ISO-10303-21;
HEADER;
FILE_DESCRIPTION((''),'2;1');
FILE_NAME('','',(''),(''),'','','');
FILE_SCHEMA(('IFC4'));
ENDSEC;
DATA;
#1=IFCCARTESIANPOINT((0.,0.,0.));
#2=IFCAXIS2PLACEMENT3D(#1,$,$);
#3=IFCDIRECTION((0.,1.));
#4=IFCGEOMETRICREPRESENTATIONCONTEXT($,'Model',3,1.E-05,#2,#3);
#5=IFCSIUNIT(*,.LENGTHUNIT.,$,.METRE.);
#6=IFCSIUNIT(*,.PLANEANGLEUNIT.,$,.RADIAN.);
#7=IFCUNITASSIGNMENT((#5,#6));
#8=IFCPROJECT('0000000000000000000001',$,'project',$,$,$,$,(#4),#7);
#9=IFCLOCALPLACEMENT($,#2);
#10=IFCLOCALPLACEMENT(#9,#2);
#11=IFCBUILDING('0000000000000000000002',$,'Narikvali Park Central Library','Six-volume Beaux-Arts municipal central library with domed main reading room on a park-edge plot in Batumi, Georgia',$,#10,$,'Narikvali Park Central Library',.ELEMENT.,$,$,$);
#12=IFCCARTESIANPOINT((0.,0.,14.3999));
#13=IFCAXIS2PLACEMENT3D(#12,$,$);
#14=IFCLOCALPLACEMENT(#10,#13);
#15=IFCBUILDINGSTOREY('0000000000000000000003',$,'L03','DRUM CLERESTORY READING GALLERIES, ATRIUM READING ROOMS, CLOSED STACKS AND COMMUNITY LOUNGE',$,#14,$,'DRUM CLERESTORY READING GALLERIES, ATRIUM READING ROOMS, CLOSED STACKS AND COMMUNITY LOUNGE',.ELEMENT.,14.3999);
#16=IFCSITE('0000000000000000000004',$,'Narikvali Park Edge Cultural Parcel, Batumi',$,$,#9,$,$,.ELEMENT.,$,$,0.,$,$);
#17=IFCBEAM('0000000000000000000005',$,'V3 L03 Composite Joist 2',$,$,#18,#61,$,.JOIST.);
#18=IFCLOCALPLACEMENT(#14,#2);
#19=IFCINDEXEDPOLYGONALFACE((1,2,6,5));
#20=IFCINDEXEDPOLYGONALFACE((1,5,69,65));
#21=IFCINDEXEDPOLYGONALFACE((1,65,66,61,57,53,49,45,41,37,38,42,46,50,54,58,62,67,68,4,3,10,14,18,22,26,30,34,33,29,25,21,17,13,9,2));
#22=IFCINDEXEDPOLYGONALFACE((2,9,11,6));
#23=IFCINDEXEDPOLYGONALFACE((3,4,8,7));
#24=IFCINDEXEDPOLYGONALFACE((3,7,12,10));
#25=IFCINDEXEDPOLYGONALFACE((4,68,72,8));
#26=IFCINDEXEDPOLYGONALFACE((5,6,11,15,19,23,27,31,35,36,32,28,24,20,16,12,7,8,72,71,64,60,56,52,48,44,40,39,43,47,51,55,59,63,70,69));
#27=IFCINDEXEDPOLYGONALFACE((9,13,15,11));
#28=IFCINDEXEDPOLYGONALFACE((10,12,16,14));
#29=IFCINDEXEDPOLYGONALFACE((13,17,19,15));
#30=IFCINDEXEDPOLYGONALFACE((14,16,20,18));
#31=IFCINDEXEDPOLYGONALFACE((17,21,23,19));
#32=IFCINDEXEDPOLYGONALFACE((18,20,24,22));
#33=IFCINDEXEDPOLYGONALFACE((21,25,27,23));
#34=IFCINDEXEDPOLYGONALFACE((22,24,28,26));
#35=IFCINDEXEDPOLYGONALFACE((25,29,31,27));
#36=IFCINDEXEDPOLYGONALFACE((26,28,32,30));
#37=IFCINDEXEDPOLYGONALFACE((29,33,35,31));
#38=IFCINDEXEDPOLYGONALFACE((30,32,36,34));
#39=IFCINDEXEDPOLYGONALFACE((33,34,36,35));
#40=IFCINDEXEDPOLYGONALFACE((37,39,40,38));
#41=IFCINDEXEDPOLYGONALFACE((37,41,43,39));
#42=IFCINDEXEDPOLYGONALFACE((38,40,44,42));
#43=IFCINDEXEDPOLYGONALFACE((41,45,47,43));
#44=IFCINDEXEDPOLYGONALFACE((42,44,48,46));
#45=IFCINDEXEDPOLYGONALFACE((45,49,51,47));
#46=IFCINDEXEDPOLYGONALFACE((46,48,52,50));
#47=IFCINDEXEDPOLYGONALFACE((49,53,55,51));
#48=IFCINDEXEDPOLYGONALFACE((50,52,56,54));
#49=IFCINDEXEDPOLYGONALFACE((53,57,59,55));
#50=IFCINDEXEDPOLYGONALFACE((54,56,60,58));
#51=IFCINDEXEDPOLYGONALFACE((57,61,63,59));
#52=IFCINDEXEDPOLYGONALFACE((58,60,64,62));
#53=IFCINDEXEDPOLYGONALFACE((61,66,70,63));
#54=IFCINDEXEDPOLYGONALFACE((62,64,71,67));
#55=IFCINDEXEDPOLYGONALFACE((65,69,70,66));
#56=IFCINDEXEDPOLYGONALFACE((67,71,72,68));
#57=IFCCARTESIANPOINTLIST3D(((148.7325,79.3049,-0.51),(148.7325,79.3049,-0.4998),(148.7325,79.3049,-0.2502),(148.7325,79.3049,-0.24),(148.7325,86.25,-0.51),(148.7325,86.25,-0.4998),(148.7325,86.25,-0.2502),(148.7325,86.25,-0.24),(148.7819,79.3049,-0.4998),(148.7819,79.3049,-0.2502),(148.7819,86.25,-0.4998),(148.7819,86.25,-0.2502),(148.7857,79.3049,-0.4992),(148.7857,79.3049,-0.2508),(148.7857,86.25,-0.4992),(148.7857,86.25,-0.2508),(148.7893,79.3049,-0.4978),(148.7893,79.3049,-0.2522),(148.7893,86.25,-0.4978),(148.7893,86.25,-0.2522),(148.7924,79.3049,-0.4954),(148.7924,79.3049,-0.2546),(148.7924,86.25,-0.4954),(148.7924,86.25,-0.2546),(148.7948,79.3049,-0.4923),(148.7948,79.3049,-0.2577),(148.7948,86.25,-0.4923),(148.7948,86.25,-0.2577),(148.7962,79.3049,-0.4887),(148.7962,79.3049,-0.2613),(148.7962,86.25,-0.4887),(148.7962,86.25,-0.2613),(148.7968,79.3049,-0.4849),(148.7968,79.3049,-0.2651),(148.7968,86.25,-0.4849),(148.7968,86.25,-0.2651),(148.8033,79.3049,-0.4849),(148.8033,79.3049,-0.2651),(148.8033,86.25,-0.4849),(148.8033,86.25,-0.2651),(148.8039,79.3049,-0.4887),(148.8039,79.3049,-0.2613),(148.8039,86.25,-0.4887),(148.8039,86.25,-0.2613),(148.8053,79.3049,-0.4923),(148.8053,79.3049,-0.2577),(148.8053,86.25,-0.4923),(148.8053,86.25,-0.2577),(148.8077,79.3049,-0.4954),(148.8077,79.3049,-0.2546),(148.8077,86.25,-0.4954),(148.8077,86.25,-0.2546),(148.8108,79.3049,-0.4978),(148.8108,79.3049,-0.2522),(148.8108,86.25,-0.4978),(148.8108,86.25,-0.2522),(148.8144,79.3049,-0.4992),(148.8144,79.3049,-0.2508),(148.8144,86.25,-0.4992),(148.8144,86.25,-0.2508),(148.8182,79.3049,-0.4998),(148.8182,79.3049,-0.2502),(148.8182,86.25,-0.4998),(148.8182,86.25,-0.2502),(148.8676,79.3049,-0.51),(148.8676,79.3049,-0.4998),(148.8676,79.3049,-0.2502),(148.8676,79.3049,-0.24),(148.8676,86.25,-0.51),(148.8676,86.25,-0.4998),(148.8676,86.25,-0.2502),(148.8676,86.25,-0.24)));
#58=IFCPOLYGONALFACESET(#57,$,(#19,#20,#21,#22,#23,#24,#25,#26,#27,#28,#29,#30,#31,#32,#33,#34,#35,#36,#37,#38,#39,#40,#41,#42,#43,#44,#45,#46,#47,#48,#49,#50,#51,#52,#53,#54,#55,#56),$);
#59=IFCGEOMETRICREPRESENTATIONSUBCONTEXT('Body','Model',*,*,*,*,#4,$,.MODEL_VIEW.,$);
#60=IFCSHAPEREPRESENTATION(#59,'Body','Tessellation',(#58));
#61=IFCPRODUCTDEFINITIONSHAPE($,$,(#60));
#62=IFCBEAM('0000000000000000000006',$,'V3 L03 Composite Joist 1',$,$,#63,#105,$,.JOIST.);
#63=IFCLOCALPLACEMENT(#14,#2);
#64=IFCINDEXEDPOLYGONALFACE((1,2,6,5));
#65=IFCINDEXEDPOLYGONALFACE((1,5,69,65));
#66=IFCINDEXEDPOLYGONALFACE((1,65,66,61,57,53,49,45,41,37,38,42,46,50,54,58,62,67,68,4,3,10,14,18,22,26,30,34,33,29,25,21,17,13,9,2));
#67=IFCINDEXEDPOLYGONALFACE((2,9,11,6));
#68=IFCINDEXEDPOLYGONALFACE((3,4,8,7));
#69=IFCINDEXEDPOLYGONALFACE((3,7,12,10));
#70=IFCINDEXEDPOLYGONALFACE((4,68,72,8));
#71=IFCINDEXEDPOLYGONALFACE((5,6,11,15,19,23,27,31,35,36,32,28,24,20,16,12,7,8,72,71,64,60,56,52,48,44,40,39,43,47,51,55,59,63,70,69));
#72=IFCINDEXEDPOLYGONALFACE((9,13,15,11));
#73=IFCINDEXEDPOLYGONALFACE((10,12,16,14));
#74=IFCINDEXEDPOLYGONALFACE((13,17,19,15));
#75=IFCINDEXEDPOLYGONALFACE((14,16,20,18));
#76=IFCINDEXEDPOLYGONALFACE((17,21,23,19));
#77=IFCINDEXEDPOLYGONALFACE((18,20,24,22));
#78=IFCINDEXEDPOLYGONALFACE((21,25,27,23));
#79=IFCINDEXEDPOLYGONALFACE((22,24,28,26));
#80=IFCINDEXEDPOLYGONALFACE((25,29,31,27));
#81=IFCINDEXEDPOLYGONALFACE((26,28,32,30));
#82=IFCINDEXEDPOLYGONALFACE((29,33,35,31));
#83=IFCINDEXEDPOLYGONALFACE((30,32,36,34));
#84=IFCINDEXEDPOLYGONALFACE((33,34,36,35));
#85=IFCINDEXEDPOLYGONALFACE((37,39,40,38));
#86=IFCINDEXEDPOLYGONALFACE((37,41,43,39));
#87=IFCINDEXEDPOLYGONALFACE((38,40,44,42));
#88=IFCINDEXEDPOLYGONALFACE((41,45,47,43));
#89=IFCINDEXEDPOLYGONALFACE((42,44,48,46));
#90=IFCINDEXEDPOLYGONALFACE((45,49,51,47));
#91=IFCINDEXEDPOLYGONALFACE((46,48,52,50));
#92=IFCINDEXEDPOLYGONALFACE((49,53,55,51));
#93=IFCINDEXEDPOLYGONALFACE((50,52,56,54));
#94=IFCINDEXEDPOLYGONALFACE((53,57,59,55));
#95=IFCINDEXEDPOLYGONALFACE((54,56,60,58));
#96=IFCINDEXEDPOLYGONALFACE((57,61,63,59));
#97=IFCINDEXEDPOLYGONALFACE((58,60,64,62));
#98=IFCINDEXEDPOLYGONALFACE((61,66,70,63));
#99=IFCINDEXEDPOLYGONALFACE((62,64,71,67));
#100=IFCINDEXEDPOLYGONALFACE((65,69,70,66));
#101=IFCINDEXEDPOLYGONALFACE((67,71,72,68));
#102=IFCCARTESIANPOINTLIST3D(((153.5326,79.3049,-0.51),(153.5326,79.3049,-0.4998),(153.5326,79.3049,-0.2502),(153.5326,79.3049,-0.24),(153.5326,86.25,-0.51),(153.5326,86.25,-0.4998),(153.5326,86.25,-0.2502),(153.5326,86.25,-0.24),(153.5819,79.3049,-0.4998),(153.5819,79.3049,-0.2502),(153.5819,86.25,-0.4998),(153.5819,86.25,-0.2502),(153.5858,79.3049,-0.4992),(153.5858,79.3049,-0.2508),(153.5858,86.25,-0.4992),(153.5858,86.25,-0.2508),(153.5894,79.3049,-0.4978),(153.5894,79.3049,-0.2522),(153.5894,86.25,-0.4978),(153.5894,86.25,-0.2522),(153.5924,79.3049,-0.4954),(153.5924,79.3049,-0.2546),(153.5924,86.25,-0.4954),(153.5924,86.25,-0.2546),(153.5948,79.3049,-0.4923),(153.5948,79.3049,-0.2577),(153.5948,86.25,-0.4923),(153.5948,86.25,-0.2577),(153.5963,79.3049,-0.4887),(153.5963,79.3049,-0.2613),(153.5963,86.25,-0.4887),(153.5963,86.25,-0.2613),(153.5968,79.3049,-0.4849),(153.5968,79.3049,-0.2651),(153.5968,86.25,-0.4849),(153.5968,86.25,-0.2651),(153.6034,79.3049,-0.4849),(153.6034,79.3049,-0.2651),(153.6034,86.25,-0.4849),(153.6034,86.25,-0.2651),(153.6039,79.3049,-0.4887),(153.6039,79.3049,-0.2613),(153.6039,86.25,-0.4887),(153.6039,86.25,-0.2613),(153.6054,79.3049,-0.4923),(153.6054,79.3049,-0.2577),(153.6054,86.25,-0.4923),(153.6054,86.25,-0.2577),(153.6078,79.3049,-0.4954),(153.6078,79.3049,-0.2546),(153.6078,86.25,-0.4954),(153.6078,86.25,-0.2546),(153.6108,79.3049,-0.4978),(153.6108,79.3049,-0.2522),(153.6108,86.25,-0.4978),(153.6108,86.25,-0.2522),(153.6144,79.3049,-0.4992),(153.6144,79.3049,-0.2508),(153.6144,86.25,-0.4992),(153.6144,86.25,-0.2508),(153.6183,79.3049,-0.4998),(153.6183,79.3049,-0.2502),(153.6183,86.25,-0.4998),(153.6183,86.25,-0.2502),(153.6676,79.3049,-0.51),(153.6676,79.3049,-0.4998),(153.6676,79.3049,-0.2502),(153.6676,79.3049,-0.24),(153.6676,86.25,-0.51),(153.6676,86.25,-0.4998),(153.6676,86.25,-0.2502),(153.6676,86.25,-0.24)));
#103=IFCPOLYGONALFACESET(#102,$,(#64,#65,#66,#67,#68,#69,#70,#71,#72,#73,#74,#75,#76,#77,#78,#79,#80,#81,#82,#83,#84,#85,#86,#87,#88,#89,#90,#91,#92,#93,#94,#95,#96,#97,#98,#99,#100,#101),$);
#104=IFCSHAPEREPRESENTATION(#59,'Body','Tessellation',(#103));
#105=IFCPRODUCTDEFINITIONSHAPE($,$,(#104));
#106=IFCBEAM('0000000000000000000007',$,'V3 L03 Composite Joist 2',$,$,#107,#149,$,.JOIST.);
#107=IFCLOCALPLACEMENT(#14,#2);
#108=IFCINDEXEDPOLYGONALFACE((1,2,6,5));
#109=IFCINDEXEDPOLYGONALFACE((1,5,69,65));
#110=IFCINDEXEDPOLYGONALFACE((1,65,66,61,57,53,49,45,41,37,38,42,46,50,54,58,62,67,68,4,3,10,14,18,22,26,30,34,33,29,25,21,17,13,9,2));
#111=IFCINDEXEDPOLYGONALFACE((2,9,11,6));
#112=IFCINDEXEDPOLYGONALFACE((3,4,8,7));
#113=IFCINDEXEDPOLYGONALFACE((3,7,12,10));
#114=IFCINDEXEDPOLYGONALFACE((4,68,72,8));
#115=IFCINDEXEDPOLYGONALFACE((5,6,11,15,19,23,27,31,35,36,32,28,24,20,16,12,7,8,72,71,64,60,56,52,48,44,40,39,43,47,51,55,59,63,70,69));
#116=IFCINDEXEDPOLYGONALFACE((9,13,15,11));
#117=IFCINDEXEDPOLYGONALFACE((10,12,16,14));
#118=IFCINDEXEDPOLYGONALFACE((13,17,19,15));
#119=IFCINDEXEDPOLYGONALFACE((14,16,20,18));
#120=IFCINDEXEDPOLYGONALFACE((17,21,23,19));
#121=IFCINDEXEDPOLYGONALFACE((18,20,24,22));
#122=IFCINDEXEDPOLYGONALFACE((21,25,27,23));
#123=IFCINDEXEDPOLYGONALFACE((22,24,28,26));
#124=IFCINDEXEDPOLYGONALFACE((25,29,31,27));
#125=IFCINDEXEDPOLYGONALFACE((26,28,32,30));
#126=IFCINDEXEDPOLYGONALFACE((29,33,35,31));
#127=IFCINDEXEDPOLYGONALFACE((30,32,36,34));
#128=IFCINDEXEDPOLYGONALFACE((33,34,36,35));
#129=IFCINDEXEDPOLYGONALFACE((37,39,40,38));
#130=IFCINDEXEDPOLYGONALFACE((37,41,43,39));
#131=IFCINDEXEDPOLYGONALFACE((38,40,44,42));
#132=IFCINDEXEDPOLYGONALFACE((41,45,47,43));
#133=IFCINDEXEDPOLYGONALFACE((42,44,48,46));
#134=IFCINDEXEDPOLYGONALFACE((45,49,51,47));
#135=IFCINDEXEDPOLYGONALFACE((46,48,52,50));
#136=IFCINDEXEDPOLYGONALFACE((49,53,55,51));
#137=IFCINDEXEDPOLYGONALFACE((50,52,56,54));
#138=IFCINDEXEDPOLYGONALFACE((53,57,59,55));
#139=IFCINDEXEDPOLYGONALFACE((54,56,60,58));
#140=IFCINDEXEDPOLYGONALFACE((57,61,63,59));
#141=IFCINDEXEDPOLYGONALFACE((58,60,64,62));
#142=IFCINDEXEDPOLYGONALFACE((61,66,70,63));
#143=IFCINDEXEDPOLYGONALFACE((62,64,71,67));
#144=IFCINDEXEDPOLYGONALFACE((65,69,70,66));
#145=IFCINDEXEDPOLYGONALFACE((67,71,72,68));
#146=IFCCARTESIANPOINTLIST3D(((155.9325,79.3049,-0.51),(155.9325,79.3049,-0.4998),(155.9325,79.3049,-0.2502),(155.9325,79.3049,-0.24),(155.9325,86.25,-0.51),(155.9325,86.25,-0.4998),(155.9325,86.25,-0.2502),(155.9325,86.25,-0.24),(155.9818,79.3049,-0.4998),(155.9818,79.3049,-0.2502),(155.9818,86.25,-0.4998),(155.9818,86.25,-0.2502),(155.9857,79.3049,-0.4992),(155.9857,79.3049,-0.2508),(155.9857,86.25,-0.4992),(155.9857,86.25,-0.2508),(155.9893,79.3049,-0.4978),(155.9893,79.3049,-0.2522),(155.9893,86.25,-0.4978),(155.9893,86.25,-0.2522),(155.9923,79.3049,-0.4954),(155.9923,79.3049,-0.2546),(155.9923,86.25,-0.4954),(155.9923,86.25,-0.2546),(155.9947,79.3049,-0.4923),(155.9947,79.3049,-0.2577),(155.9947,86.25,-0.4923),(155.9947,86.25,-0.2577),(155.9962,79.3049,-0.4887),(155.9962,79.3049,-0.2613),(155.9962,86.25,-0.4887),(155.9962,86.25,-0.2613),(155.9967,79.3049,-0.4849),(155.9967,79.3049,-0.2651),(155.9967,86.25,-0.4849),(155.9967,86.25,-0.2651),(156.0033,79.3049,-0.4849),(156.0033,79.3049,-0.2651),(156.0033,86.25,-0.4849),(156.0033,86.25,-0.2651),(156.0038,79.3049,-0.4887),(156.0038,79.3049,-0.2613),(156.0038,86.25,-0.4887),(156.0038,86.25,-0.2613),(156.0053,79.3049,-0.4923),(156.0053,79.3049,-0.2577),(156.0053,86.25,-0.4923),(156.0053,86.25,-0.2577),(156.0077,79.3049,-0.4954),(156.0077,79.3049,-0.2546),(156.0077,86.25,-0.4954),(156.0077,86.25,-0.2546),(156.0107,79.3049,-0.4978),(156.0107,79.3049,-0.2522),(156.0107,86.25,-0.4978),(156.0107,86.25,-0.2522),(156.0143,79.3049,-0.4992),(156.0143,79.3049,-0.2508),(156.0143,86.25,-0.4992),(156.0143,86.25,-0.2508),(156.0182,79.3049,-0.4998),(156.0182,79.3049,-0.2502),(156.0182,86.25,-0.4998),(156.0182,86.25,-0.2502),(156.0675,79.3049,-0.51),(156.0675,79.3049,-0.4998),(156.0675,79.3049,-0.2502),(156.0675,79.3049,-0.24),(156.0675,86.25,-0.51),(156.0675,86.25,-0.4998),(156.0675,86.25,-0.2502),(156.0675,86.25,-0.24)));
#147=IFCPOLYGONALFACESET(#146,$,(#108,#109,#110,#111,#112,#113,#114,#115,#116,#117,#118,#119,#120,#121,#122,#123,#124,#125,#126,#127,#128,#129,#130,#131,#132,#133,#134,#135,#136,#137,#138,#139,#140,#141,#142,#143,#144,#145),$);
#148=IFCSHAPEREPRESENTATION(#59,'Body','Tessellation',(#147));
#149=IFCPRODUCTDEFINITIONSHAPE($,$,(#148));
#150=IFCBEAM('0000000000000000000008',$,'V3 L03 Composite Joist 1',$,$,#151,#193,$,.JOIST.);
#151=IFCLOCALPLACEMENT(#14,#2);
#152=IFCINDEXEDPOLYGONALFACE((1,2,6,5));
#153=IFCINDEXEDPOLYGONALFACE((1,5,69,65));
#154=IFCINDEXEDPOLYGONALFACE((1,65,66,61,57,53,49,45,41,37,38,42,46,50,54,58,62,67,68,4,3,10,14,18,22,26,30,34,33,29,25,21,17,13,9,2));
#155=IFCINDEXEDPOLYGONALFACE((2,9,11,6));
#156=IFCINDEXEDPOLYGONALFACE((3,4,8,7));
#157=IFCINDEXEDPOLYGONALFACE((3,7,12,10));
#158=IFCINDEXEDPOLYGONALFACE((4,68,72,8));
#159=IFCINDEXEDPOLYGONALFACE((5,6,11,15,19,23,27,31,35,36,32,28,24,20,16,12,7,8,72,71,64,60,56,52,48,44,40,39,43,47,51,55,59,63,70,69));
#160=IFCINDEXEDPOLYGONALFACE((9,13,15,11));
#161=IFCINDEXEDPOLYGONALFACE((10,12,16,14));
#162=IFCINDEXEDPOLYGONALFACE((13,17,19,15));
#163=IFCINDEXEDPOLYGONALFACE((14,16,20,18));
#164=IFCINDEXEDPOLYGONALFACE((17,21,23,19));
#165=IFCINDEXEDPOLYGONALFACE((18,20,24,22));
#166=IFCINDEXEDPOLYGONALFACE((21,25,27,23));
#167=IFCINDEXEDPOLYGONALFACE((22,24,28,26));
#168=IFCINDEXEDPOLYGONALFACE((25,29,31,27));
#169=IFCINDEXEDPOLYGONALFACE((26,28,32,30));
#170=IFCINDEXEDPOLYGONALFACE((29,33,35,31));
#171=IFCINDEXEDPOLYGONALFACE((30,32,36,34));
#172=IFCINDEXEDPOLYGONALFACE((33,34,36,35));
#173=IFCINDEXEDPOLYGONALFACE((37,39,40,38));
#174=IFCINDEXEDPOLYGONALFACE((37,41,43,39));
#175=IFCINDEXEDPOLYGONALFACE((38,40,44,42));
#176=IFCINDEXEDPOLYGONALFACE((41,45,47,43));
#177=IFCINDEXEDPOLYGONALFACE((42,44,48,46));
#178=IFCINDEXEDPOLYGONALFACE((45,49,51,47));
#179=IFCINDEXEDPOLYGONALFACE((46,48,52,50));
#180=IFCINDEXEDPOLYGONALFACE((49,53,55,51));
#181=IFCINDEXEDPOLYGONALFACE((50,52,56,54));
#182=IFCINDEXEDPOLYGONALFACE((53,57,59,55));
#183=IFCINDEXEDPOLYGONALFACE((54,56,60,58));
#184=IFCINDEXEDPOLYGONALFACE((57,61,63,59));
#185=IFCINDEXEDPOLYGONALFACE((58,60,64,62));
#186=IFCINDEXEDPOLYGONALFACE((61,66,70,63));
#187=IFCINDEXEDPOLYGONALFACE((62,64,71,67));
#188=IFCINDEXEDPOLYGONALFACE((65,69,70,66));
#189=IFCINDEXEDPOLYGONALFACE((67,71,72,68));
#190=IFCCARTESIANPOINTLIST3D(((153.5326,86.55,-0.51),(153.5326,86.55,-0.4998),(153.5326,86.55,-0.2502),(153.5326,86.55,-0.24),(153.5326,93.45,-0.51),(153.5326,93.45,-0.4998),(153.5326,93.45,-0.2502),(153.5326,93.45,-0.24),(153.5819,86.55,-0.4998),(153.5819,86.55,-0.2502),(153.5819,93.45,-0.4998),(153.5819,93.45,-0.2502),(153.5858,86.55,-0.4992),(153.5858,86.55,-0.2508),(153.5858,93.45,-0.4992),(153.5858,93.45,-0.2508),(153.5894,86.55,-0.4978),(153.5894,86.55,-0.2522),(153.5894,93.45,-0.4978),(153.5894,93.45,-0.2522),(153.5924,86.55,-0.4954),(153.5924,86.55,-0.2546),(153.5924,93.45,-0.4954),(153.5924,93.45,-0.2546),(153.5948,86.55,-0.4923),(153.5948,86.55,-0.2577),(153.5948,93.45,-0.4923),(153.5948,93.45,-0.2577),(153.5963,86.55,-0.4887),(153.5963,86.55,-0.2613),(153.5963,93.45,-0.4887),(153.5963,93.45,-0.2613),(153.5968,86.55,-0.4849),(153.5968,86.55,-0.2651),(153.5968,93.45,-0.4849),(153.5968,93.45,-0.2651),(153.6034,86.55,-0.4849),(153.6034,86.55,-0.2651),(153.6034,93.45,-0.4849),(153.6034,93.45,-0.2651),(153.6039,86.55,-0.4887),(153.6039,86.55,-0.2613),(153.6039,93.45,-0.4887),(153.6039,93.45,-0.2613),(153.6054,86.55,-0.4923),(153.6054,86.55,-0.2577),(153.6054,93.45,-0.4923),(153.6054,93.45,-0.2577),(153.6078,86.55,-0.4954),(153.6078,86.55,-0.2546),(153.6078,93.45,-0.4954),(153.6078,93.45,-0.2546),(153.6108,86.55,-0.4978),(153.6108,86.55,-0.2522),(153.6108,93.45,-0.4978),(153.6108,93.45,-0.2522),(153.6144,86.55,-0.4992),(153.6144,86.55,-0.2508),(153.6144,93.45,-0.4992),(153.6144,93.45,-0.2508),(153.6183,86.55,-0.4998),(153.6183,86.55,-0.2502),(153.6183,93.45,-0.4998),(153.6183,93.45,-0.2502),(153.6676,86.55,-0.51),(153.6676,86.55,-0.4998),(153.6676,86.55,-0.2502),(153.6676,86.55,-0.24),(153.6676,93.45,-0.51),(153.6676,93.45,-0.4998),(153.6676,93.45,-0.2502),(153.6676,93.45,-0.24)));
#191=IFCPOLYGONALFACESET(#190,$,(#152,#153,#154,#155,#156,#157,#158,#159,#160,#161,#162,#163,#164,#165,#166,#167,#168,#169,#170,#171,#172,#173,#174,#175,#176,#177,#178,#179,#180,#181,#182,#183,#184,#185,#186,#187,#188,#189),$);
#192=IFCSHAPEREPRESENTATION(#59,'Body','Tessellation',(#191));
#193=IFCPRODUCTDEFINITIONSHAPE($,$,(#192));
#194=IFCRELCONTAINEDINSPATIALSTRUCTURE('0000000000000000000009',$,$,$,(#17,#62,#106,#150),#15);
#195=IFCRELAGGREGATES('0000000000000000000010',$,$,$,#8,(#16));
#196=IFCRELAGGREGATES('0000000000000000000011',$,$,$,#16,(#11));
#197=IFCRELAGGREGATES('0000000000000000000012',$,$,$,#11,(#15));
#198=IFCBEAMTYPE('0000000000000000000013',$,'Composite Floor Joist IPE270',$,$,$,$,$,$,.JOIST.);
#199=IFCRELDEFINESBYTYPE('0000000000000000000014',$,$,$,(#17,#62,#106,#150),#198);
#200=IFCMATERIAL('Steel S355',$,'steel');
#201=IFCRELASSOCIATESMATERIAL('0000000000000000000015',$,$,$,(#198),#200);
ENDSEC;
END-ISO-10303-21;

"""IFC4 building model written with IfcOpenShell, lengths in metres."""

from ifc_helpers import new_model, si_unit, direction, frame, origin, origin_2d, place, context, subcontext, project, spatial, i_section, extrude, material, material_profile, profile_set, type_object, element, save


model = new_model("IFC4")

# Units and contexts
model_context = context("Model", 3, precision=1e-05, world=origin(), true_north=direction((0.0, 1.0)))
body_context = subcontext(model_context, "Body", "Model", "MODEL_VIEW")
ifc_project = project(units=[si_unit("LENGTHUNIT", "METRE"), si_unit("PLANEANGLEUNIT", "RADIAN")], contexts=[model_context])

# Site, building, storey
site_placement = place(None, origin())
site = spatial("IfcSite", under=ifc_project, at=site_placement, Name="Narikvali Park Edge Cultural Parcel, Batumi", CompositionType="ELEMENT", RefElevation=0.0)
building_placement = place(site_placement, origin())
building = spatial("IfcBuilding", under=site, at=building_placement, Name="Narikvali Park Central Library", Description="Six-volume Beaux-Arts municipal central library with domed main reading room on a park-edge plot in Batumi, Georgia", LongName="Narikvali Park Central Library", CompositionType="ELEMENT")
storey_placement = place(building_placement, frame((0.0, 0.0, 14.3999)))
storey = spatial("IfcBuildingStorey", under=building, at=storey_placement, Name="L03", Description="DRUM CLERESTORY READING GALLERIES, ATRIUM READING ROOMS, CLOSED STACKS AND COMMUNITY LOUNGE", LongName="DRUM CLERESTORY READING GALLERIES, ATRIUM READING ROOMS, CLOSED STACKS AND COMMUNITY LOUNGE", CompositionType="ELEMENT", Elevation=14.3999)

# Shared definitions
ifc_material_1 = material(Name="Steel S355", Category="steel")

# Beams
ifc_material_profile_1 = material_profile(ifc_material_1, i_section(OverallWidth=0.135, OverallDepth=0.27, WebThickness=0.0066, FlangeThickness=0.0103, FilletRadius=0.0149, at=origin_2d()), Name="IPE 270")
ifc_profile_set_1 = profile_set([ifc_material_profile_1], Name="Steel S355")
beam_type_1 = type_object("IfcBeamType", Name="Composite Floor Joist IPE270", PredefinedType="JOIST", material=ifc_profile_set_1)
for number, where, z_axis, x_axis, name in (
    (1, (148.8, 79.3049, -0.375), (0.0, 1.0, 0.0), (-1.0, 0.0, 0.0), "V3 L03 Composite Joist 2"),
    (2, (153.6001, 79.3049, -0.375), (0.0, 1.0, 0.0), (-1.0, 0.0, 0.0), "V3 L03 Composite Joist 1"),
    (3, (156.0, 79.3049, -0.375), (0.0, 1.0, 0.0), (-1.0, 0.0, 0.0), "V3 L03 Composite Joist 2"),
):
    element("IfcBeam", number, at=place(storey_placement, frame(where, z_axis=z_axis, x_axis=x_axis)), inside=storey, type_object=beam_type_1, Name=name, PredefinedType="JOIST", context=body_context, shape_type="SweptSolid", body=[
        extrude(i_section(OverallWidth=0.135, OverallDepth=0.27, WebThickness=0.0066, FlangeThickness=0.0103, FilletRadius=0.0149, at=origin_2d()), origin(), (0.0, 0.0, 1.0), 6.9451),
    ])
for number, where, z_axis, x_axis, name in (
    (4, (153.6001, 86.55, -0.375), (0.0, 1.0, 0.0), (-1.0, 0.0, 0.0), "V3 L03 Composite Joist 1"),
):
    element("IfcBeam", number, at=place(storey_placement, frame(where, z_axis=z_axis, x_axis=x_axis)), inside=storey, type_object=beam_type_1, Name=name, PredefinedType="JOIST", context=body_context, shape_type="SweptSolid", body=[
        extrude(i_section(OverallWidth=0.135, OverallDepth=0.27, WebThickness=0.0066, FlangeThickness=0.0103, FilletRadius=0.0149, at=origin_2d()), origin(), (0.0, 0.0, 1.0), 6.8999),
    ])

save(model, "model.ifc")
